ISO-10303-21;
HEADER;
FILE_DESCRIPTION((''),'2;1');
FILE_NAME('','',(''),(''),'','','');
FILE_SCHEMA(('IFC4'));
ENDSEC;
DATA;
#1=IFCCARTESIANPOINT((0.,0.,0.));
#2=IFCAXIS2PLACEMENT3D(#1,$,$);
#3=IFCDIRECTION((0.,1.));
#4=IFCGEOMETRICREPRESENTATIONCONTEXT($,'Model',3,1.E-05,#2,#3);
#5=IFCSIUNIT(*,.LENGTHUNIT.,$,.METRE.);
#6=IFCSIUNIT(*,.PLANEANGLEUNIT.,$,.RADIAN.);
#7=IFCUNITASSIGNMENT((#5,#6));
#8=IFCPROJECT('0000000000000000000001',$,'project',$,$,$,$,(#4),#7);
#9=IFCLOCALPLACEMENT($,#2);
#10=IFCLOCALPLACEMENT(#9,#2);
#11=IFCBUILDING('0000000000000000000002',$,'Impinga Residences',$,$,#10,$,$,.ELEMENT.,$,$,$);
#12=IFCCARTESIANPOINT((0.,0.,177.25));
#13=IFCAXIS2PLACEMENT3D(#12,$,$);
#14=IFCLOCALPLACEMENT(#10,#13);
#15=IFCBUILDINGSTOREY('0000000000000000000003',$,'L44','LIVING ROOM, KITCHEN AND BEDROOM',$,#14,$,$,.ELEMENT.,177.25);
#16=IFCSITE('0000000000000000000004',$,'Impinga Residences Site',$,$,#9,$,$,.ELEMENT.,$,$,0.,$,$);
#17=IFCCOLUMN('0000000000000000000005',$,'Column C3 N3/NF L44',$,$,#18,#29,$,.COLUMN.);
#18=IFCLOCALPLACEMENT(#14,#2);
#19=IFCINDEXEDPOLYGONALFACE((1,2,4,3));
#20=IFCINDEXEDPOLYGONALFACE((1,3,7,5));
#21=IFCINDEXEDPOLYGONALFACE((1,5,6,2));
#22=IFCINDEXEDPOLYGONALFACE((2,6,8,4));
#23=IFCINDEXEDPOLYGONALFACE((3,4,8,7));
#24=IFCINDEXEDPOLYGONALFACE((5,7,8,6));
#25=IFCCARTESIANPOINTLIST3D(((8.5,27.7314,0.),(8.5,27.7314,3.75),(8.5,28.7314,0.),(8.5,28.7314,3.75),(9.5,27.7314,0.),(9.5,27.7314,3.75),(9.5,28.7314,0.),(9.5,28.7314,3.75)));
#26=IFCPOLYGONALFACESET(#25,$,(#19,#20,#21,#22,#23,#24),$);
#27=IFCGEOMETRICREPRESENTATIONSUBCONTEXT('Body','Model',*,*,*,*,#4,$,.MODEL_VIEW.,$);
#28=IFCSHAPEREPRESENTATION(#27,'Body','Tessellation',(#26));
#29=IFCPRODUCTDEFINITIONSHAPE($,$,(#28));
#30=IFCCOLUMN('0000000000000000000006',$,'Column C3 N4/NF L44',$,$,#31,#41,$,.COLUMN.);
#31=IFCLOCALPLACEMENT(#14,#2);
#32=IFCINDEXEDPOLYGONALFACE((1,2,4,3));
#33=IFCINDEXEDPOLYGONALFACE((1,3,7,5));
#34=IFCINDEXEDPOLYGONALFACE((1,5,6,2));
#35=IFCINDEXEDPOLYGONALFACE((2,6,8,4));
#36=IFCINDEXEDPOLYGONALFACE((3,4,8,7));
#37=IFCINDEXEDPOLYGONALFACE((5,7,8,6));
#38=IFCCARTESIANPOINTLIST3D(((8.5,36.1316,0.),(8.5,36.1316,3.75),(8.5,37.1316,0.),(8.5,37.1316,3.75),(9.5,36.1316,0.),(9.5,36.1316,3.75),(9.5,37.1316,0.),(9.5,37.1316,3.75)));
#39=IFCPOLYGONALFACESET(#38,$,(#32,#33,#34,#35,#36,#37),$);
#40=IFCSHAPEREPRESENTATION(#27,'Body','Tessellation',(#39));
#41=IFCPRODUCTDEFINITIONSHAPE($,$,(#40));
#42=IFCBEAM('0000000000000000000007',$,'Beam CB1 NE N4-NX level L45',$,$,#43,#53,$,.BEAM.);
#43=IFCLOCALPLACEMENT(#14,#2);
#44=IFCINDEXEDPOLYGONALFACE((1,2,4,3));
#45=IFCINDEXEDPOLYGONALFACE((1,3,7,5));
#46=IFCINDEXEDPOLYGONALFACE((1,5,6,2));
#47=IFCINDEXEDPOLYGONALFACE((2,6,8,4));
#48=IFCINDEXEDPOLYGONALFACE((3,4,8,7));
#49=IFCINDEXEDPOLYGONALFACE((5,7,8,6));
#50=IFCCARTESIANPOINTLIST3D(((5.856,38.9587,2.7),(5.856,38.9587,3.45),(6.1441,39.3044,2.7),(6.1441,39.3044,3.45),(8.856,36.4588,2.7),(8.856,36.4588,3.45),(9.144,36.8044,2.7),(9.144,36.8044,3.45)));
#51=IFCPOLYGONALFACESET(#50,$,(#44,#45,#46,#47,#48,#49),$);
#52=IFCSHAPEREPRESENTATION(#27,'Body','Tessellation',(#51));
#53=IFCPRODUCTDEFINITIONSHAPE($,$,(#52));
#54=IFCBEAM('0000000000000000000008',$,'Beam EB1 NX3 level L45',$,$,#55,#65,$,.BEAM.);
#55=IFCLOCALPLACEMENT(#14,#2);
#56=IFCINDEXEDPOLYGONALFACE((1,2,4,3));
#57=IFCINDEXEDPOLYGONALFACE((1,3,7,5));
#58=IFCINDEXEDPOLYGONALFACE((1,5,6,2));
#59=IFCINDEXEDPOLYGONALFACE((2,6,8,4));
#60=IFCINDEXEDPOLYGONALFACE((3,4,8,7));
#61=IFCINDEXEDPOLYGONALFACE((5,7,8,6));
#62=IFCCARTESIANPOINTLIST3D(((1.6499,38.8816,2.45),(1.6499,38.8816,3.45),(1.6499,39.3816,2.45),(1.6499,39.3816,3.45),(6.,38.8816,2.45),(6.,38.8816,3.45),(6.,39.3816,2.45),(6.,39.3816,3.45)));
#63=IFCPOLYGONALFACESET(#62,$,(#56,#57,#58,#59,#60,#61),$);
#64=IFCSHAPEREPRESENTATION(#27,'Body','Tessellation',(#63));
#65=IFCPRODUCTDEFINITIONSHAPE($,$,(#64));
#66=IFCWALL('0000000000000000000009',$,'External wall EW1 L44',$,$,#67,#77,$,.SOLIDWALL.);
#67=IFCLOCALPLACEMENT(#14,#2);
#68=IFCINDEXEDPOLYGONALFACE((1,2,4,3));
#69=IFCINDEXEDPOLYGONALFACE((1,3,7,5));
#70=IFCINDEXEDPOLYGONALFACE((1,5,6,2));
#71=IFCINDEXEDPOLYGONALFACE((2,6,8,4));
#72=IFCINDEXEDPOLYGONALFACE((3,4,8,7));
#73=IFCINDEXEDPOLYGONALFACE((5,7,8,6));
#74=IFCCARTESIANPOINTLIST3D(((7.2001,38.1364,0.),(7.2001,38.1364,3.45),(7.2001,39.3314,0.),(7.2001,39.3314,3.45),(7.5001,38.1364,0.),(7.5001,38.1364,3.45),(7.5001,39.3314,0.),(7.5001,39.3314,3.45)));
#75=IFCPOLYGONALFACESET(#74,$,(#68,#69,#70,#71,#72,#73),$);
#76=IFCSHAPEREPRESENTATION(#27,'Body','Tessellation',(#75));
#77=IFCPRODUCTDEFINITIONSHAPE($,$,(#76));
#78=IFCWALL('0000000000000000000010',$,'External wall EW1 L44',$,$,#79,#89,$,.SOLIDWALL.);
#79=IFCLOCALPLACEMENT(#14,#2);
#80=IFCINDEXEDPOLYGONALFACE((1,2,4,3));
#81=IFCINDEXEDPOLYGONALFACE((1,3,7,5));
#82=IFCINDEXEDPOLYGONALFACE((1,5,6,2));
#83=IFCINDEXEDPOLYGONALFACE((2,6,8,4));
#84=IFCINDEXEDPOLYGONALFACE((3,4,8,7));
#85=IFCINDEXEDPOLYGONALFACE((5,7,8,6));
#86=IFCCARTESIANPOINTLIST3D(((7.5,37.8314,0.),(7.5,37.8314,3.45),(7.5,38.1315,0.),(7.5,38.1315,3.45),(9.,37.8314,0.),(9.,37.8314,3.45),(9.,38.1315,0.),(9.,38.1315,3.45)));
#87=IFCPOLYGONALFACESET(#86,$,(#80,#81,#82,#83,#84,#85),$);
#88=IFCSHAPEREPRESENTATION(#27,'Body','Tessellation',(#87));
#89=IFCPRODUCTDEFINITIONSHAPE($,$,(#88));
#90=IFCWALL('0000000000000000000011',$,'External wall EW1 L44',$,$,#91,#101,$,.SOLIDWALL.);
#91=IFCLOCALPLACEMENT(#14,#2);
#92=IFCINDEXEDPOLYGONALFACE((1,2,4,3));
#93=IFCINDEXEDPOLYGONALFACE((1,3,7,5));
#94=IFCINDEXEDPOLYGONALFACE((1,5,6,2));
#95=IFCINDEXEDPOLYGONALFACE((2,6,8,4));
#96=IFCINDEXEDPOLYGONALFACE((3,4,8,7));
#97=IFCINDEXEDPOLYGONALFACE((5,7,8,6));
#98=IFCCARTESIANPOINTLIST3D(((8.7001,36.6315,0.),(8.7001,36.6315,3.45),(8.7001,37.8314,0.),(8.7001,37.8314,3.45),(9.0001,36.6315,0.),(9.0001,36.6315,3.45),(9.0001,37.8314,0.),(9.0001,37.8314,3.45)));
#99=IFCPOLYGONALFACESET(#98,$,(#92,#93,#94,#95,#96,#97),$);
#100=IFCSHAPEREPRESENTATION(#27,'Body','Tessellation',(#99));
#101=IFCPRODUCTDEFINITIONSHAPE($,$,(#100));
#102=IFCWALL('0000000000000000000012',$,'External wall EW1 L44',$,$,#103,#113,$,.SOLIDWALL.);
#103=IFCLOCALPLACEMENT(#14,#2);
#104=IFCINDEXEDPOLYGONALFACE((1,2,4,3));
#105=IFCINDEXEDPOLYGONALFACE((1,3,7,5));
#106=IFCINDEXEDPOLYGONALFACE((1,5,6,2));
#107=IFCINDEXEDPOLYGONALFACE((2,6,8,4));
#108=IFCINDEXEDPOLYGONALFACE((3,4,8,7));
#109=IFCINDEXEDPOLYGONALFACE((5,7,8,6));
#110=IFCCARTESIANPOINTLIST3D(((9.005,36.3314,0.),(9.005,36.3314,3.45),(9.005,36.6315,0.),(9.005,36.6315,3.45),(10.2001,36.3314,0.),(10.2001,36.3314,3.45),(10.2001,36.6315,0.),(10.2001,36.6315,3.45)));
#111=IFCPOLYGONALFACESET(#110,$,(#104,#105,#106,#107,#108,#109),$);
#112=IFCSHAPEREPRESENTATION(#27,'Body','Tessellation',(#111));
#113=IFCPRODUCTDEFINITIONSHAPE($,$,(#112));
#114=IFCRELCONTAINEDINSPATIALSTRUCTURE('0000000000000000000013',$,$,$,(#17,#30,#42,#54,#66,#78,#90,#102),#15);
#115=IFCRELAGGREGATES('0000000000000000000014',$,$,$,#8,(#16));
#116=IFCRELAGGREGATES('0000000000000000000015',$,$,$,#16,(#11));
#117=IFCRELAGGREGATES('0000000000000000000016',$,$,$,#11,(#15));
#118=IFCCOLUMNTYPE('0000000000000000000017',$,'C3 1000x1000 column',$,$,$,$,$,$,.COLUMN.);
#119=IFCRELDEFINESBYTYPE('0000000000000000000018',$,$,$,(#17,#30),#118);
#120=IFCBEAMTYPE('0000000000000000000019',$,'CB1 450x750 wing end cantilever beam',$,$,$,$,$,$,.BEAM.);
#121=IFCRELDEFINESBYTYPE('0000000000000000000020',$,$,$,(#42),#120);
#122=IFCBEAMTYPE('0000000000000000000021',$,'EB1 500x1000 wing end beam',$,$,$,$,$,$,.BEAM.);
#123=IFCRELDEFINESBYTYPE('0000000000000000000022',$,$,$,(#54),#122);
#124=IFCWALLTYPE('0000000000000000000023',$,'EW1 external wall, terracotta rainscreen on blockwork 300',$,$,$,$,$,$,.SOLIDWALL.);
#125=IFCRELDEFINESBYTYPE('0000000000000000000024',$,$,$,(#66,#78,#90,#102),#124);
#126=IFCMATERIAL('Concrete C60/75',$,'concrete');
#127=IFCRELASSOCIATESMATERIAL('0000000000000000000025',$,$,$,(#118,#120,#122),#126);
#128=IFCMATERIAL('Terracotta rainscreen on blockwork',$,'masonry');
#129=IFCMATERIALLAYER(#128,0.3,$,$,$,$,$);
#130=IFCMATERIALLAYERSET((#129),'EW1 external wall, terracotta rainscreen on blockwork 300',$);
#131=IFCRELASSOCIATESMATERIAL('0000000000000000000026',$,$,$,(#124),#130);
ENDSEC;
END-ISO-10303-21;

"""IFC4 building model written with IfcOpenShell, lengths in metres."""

from ifc_helpers import new_model, si_unit, direction, frame, frame_2d, origin, origin_2d, place, context, subcontext, project, spatial, rectangle, extrude, material, layer, layer_set, material_profile, profile_set, type_object, element, save


model = new_model("IFC4")

# Units and contexts
model_context = context("Model", 3, precision=1e-05, world=origin(), true_north=direction((0.0, 1.0)))
body_context = subcontext(model_context, "Body", "Model", "MODEL_VIEW")
ifc_project = project(units=[si_unit("LENGTHUNIT", "METRE"), si_unit("PLANEANGLEUNIT", "RADIAN")], contexts=[model_context])

# Site, building, storey
site_placement = place(None, origin())
site = spatial("IfcSite", under=ifc_project, at=site_placement, Name="Impinga Residences Site", CompositionType="ELEMENT", RefElevation=0.0)
building_placement = place(site_placement, origin())
building = spatial("IfcBuilding", under=site, at=building_placement, Name="Impinga Residences", CompositionType="ELEMENT")
storey_placement = place(building_placement, frame((0.0, 0.0, 177.25)))
storey = spatial("IfcBuildingStorey", under=building, at=storey_placement, Name="L44", Description="LIVING ROOM, KITCHEN AND BEDROOM", CompositionType="ELEMENT", Elevation=177.25)

# Columns
ifc_material_1 = material(Name="Concrete C60/75", Category="concrete")
ifc_material_profile_1 = material_profile(ifc_material_1, rectangle(XDim=1.0, YDim=1.0, at=origin_2d()), Name="RC 1000x1000")
ifc_profile_set_1 = profile_set([ifc_material_profile_1], Name="Concrete C60/75")
column_type = type_object("IfcColumnType", Name="C3 1000x1000 column", PredefinedType="COLUMN", material=ifc_profile_set_1)
for number, where, z_axis, x_axis, name in (
    (1, (9.0, 28.2314, 0.0), (0.0, 0.0, 1.0), (1.0, 0.0, 0.0), "Column C3 N3/NF L44"),
    (2, (9.0, 36.6316, 0.0), (0.0, 0.0, 1.0), (1.0, 0.0, 0.0), "Column C3 N4/NF L44"),
):
    element("IfcColumn", number, at=place(storey_placement, frame(where, z_axis=z_axis, x_axis=x_axis)), inside=storey, type_object=column_type, Name=name, PredefinedType="COLUMN", context=body_context, shape_type="SweptSolid", body=[
        extrude(rectangle(XDim=1.0, YDim=1.0, at=origin_2d()), origin(), (0.0, 0.0, 1.0), 3.75),
    ])

# Beams
ifc_material_profile_2 = material_profile(ifc_material_1, rectangle(XDim=0.45, YDim=0.75, at=origin_2d()), Name="RC 450x750")
ifc_profile_set_2 = profile_set([ifc_material_profile_2], Name="Concrete C60/75")
beam_type_1 = type_object("IfcBeamType", Name="CB1 450x750 wing end cantilever beam", PredefinedType="BEAM", material=ifc_profile_set_2)
beam_1_placement = place(storey_placement, frame((9.0, 36.6316, 3.075), z_axis=(-0.768221, 0.640184, 0.0), x_axis=(-0.640184, -0.768221, 0.0)))
element("IfcBeam", 3, at=beam_1_placement, inside=storey, type_object=beam_type_1, Name="Beam CB1 NE N4-NX level L45", PredefinedType="BEAM", context=body_context, shape_type="SweptSolid", body=[
    extrude(rectangle(XDim=0.45, YDim=0.75, at=origin_2d()), origin(), (0.0, 0.0, 1.0), 3.905),
])
ifc_material_profile_3 = material_profile(ifc_material_1, rectangle(XDim=0.5, YDim=1.0, at=origin_2d()), Name="RC 500x1000")
ifc_profile_set_3 = profile_set([ifc_material_profile_3], Name="Concrete C60/75")
beam_type_2 = type_object("IfcBeamType", Name="EB1 500x1000 wing end beam", PredefinedType="BEAM", material=ifc_profile_set_3)
beam_2_placement = place(storey_placement, frame((1.6499, 39.1316, 2.95), z_axis=(1.0, 0.0, 0.0), x_axis=(0.0, 1.0, 0.0)))
element("IfcBeam", 4, at=beam_2_placement, inside=storey, type_object=beam_type_2, Name="Beam EB1 NX3 level L45", PredefinedType="BEAM", context=body_context, shape_type="SweptSolid", body=[
    extrude(rectangle(XDim=0.5, YDim=1.0, at=origin_2d()), origin(), (0.0, 0.0, 1.0), 4.3501),
])

# Walls
ifc_material_2 = material(Name="Terracotta rainscreen on blockwork", Category="masonry")
ifc_layer_1 = layer(ifc_material_2, 0.3)
ifc_layer_set_1 = layer_set([ifc_layer_1], Name="EW1 external wall, terracotta rainscreen on blockwork 300")
wall_type_1 = type_object("IfcWallType", Name="EW1 external wall, terracotta rainscreen on blockwork 300", PredefinedType="SOLIDWALL", material=ifc_layer_set_1)
wall_1_placement = place(storey_placement, frame((7.3501, 39.3315, 0.0), z_axis=(0.0, 0.0, 1.0), x_axis=(0.0, -1.0, 0.0)))
element("IfcWall", 5, at=wall_1_placement, inside=storey, type_object=wall_type_1, Name="External wall EW1 L44", PredefinedType="SOLIDWALL", context=body_context, shape_type="SweptSolid", body=[
    extrude(rectangle(XDim=1.1951, YDim=0.3, at=frame_2d((0.5977, 0.0))), origin(), (0.0, 0.0, 1.0), 3.45),
])
wall_2_placement = place(storey_placement, frame((7.5, 37.9814, 0.0), z_axis=(0.0, 0.0, 1.0), x_axis=(1.0, 0.0, 0.0)))
element("IfcWall", 6, at=wall_2_placement, inside=storey, type_object=wall_type_1, Name="External wall EW1 L44", PredefinedType="SOLIDWALL", context=body_context, shape_type="SweptSolid", body=[
    extrude(rectangle(XDim=1.5, YDim=0.3, at=frame_2d((0.75, 0.0))), origin(), (0.0, 0.0, 1.0), 3.45),
])
wall_3_placement = place(storey_placement, frame((8.8501, 37.8315, 0.0), z_axis=(0.0, 0.0, 1.0), x_axis=(0.0, -1.0, 0.0)))
element("IfcWall", 7, at=wall_3_placement, inside=storey, type_object=wall_type_1, Name="External wall EW1 L44", PredefinedType="SOLIDWALL", context=body_context, shape_type="SweptSolid", body=[
    extrude(rectangle(XDim=1.2, YDim=0.3, at=frame_2d((0.6001, 0.0))), origin(), (0.0, 0.0, 1.0), 3.45),
])
wall_4_placement = place(storey_placement, frame((9.0049, 36.4814, 0.0), z_axis=(0.0, 0.0, 1.0), x_axis=(1.0, 0.0, 0.0)))
element("IfcWall", 8, at=wall_4_placement, inside=storey, type_object=wall_type_1, Name="External wall EW1 L44", PredefinedType="SOLIDWALL", context=body_context, shape_type="SweptSolid", body=[
    extrude(rectangle(XDim=1.1951, YDim=0.3, at=frame_2d((0.5977, 0.0))), origin(), (0.0, 0.0, 1.0), 3.45),
])

save(model, "model.ifc")
